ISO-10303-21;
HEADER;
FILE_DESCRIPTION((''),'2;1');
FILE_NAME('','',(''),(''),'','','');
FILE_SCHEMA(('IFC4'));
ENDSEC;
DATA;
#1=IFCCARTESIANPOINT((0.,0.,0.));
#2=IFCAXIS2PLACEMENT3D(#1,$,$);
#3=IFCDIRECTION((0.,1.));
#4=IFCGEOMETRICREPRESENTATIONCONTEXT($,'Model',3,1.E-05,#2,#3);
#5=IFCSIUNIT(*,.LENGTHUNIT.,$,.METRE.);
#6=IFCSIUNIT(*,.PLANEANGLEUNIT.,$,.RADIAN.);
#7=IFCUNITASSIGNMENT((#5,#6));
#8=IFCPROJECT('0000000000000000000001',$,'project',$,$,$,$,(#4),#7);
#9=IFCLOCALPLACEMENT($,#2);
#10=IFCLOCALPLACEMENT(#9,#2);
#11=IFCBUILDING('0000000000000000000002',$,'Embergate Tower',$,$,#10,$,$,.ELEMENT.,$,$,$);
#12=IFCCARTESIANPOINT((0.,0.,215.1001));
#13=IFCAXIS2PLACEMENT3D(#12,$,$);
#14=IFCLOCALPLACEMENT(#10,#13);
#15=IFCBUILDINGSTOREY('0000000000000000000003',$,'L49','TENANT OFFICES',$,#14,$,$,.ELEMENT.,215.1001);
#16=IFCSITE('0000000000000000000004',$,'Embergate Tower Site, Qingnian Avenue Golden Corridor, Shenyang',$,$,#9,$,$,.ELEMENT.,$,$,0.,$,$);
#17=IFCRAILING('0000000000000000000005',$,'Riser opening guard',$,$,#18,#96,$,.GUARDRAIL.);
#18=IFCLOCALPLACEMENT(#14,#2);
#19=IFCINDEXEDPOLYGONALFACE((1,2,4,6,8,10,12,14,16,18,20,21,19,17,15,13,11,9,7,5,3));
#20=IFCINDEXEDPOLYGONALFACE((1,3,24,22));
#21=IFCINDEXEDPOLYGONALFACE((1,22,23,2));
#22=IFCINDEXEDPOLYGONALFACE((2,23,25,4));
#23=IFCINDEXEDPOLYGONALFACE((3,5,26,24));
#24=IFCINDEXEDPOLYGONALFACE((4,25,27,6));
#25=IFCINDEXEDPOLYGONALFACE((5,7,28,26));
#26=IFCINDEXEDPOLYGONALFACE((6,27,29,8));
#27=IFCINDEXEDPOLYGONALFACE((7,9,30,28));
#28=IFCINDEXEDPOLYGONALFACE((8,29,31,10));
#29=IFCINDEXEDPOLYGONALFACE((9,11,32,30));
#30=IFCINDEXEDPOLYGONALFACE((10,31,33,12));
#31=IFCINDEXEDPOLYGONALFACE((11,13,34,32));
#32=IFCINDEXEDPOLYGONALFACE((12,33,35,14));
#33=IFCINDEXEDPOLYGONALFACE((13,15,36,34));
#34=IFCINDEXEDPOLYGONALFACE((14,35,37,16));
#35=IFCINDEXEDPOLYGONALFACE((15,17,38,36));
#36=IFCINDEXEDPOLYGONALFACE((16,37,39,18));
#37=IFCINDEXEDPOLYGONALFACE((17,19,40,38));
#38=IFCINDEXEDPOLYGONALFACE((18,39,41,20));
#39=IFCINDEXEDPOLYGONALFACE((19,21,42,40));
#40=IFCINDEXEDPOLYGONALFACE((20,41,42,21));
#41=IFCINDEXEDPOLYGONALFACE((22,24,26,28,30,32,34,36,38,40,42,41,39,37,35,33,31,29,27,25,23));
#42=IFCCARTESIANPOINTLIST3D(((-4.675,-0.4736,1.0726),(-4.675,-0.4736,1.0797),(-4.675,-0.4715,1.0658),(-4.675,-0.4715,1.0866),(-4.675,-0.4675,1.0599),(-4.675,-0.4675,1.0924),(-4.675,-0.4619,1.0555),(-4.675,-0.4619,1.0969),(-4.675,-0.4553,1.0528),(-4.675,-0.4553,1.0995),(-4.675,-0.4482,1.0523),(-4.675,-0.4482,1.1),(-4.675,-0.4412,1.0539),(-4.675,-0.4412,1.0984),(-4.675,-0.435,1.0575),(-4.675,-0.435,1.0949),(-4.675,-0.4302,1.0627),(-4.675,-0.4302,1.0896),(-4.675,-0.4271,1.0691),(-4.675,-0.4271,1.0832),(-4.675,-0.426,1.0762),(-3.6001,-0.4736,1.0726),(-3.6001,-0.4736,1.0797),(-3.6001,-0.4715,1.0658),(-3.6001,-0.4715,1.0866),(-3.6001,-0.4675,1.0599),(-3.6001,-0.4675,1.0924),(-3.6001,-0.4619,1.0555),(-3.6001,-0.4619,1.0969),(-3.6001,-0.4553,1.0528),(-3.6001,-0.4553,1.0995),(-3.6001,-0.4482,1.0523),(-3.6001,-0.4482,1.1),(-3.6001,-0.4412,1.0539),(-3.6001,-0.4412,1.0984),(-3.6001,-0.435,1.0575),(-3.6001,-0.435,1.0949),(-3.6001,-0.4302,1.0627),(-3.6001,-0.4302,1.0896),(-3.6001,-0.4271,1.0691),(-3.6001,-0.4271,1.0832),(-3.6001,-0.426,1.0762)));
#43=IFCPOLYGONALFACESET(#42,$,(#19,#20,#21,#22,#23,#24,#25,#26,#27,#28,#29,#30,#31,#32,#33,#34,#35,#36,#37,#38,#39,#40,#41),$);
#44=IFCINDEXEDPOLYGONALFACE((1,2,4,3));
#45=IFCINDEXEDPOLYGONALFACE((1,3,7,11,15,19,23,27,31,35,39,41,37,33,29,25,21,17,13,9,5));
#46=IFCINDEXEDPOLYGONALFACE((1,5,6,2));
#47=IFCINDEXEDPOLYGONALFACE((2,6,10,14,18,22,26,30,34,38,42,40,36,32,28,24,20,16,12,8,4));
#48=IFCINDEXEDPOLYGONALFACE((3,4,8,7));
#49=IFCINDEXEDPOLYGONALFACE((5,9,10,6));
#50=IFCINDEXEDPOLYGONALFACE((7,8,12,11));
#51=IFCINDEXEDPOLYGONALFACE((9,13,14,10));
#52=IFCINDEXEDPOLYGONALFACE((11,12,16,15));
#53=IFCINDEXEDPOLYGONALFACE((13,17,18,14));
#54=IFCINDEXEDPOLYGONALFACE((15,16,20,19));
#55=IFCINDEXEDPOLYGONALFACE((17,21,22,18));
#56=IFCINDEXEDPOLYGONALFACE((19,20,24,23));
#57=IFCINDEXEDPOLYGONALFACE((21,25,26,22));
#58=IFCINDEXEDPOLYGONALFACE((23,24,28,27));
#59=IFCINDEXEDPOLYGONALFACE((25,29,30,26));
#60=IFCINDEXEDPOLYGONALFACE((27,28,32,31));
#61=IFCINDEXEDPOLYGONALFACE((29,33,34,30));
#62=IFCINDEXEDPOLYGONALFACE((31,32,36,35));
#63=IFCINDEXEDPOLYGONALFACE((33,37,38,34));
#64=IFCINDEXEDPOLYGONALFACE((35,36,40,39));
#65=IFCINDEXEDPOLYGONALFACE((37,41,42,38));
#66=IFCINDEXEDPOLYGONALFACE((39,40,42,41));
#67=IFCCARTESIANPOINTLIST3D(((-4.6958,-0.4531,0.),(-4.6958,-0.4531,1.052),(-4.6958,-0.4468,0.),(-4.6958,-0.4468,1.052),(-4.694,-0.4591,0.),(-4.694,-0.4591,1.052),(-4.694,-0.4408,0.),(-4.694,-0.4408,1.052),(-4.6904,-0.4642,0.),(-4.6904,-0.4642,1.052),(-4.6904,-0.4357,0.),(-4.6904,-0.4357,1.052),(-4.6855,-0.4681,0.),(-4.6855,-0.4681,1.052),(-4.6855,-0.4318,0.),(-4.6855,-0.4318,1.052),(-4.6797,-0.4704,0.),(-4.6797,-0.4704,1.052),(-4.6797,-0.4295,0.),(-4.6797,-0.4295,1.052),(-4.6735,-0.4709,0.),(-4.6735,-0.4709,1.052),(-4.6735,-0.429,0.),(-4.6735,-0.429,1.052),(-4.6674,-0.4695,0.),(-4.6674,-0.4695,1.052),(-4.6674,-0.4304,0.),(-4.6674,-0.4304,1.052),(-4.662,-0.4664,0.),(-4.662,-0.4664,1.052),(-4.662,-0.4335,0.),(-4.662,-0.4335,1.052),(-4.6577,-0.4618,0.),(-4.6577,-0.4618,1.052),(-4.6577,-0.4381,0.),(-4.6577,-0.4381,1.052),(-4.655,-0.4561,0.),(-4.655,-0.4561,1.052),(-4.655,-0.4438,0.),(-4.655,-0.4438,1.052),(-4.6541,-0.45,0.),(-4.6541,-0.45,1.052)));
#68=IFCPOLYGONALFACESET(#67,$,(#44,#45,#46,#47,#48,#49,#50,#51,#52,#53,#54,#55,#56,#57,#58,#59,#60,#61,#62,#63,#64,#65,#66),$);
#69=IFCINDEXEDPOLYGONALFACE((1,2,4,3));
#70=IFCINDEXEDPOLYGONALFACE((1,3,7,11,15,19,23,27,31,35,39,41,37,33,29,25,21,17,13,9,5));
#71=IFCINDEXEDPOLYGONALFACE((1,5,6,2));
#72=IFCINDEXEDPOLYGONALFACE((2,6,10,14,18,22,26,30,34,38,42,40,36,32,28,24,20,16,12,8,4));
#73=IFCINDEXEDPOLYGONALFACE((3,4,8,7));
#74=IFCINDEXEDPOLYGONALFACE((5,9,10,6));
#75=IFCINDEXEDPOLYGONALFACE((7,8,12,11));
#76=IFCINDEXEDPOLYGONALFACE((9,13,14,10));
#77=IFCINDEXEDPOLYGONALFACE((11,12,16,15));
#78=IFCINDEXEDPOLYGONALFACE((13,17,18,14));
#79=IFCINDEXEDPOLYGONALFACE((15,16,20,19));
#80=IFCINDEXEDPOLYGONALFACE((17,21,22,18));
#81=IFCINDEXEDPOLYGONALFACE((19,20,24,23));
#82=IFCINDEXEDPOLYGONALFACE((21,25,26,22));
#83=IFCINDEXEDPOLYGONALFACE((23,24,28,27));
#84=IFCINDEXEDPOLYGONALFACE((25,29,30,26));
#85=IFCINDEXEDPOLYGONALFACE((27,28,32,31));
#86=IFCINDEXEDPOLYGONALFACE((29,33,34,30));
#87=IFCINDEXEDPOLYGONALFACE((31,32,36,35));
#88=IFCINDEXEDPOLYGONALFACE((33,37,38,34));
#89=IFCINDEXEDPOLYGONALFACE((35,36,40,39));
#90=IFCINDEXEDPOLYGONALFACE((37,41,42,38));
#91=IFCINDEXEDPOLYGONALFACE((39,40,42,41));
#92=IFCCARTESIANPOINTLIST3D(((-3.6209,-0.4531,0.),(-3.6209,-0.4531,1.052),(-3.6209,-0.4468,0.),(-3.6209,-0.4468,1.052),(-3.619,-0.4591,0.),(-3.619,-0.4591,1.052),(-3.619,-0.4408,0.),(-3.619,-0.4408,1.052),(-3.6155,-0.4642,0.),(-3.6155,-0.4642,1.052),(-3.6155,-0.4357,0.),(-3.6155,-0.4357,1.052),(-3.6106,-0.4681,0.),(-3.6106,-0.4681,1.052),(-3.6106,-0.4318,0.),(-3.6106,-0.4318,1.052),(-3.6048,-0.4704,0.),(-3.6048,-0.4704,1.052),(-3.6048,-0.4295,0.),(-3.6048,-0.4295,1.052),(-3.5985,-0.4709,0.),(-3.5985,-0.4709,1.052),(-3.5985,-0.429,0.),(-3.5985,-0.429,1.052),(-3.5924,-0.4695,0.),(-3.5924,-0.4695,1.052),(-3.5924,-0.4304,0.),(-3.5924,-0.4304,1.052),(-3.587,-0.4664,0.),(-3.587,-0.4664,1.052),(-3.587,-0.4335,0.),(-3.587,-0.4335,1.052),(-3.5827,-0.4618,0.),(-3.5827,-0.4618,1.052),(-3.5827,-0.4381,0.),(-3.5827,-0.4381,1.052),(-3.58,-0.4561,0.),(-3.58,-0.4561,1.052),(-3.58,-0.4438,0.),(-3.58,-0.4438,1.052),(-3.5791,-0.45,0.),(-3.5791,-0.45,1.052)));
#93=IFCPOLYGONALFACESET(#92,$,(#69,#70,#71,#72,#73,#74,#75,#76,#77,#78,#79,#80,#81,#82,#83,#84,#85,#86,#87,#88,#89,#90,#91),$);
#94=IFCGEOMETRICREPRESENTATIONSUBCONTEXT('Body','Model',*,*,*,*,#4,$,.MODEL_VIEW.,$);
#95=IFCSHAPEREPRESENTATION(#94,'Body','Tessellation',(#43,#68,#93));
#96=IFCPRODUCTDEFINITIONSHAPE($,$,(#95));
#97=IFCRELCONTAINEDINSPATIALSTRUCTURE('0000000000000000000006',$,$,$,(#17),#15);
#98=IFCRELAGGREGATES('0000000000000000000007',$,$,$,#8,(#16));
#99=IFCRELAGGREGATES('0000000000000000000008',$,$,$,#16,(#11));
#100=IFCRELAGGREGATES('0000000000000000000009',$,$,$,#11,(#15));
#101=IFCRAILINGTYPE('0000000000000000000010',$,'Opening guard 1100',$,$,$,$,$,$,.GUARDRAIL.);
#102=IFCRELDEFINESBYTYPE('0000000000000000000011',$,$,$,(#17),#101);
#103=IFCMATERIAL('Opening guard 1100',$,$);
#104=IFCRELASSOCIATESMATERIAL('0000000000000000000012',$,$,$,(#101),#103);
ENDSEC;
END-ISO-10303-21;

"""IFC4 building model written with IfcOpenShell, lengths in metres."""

from ifc_helpers import new_model, si_unit, direction, frame, origin, origin_2d, place, context, subcontext, project, spatial, circle, extrude, source, transform, mapped, material, type_object, element, save


model = new_model("IFC4")

# Units and contexts
model_context = context("Model", 3, precision=1e-05, world=origin(), true_north=direction((0.0, 1.0)))
body_context = subcontext(model_context, "Body", "Model", "MODEL_VIEW")
ifc_project = project(units=[si_unit("LENGTHUNIT", "METRE"), si_unit("PLANEANGLEUNIT", "RADIAN")], contexts=[model_context])

# Site, building, storey
site_placement = place(None, origin())
site = spatial("IfcSite", under=ifc_project, at=site_placement, Name="Embergate Tower Site, Qingnian Avenue Golden Corridor, Shenyang", CompositionType="ELEMENT", RefElevation=0.0)
building_placement = place(site_placement, origin())
building = spatial("IfcBuilding", under=site, at=building_placement, Name="Embergate Tower", CompositionType="ELEMENT")
storey_placement = place(building_placement, frame((0.0, 0.0, 215.1001)))
storey = spatial("IfcBuildingStorey", under=building, at=storey_placement, Name="L49", Description="TENANT OFFICES", CompositionType="ELEMENT", Elevation=215.1001)

# Railing
ifc_material_1 = material(Name="Opening guard 1100")
railing_type_1 = type_object("IfcRailingType", Name="Opening guard 1100", PredefinedType="GUARDRAIL", material=ifc_material_1)
shared_shape_1 = source(origin(), body_context, "Body", "SweptSolid", [
    extrude(circle(Radius=0.0239, at=origin_2d()), frame((0.0, 0.0, 1.0762), z_axis=(1.0, 0.0, 0.0), x_axis=(0.0, 1.0, 0.0)), (0.0, 0.0, 1.0), 1.075),
    extrude(circle(Radius=0.021, at=origin_2d()), origin(), (0.0, 0.0, 1.0), 1.052),
    extrude(circle(Radius=0.021, at=origin_2d()), frame((1.075, 0.0, 0.0)), (0.0, 0.0, 1.0), 1.052),
])
railing_1_placement = place(storey_placement, frame((-4.675, -0.45, 0.0)))
element("IfcRailing", 1, at=railing_1_placement, inside=storey, type_object=railing_type_1, Name="Riser opening guard", PredefinedType="GUARDRAIL", context=body_context, shape_type="MappedRepresentation", body=[
    mapped(shared_shape_1, transform((0.0, 0.0, 0.0))),
])

save(model, "model.ifc")
